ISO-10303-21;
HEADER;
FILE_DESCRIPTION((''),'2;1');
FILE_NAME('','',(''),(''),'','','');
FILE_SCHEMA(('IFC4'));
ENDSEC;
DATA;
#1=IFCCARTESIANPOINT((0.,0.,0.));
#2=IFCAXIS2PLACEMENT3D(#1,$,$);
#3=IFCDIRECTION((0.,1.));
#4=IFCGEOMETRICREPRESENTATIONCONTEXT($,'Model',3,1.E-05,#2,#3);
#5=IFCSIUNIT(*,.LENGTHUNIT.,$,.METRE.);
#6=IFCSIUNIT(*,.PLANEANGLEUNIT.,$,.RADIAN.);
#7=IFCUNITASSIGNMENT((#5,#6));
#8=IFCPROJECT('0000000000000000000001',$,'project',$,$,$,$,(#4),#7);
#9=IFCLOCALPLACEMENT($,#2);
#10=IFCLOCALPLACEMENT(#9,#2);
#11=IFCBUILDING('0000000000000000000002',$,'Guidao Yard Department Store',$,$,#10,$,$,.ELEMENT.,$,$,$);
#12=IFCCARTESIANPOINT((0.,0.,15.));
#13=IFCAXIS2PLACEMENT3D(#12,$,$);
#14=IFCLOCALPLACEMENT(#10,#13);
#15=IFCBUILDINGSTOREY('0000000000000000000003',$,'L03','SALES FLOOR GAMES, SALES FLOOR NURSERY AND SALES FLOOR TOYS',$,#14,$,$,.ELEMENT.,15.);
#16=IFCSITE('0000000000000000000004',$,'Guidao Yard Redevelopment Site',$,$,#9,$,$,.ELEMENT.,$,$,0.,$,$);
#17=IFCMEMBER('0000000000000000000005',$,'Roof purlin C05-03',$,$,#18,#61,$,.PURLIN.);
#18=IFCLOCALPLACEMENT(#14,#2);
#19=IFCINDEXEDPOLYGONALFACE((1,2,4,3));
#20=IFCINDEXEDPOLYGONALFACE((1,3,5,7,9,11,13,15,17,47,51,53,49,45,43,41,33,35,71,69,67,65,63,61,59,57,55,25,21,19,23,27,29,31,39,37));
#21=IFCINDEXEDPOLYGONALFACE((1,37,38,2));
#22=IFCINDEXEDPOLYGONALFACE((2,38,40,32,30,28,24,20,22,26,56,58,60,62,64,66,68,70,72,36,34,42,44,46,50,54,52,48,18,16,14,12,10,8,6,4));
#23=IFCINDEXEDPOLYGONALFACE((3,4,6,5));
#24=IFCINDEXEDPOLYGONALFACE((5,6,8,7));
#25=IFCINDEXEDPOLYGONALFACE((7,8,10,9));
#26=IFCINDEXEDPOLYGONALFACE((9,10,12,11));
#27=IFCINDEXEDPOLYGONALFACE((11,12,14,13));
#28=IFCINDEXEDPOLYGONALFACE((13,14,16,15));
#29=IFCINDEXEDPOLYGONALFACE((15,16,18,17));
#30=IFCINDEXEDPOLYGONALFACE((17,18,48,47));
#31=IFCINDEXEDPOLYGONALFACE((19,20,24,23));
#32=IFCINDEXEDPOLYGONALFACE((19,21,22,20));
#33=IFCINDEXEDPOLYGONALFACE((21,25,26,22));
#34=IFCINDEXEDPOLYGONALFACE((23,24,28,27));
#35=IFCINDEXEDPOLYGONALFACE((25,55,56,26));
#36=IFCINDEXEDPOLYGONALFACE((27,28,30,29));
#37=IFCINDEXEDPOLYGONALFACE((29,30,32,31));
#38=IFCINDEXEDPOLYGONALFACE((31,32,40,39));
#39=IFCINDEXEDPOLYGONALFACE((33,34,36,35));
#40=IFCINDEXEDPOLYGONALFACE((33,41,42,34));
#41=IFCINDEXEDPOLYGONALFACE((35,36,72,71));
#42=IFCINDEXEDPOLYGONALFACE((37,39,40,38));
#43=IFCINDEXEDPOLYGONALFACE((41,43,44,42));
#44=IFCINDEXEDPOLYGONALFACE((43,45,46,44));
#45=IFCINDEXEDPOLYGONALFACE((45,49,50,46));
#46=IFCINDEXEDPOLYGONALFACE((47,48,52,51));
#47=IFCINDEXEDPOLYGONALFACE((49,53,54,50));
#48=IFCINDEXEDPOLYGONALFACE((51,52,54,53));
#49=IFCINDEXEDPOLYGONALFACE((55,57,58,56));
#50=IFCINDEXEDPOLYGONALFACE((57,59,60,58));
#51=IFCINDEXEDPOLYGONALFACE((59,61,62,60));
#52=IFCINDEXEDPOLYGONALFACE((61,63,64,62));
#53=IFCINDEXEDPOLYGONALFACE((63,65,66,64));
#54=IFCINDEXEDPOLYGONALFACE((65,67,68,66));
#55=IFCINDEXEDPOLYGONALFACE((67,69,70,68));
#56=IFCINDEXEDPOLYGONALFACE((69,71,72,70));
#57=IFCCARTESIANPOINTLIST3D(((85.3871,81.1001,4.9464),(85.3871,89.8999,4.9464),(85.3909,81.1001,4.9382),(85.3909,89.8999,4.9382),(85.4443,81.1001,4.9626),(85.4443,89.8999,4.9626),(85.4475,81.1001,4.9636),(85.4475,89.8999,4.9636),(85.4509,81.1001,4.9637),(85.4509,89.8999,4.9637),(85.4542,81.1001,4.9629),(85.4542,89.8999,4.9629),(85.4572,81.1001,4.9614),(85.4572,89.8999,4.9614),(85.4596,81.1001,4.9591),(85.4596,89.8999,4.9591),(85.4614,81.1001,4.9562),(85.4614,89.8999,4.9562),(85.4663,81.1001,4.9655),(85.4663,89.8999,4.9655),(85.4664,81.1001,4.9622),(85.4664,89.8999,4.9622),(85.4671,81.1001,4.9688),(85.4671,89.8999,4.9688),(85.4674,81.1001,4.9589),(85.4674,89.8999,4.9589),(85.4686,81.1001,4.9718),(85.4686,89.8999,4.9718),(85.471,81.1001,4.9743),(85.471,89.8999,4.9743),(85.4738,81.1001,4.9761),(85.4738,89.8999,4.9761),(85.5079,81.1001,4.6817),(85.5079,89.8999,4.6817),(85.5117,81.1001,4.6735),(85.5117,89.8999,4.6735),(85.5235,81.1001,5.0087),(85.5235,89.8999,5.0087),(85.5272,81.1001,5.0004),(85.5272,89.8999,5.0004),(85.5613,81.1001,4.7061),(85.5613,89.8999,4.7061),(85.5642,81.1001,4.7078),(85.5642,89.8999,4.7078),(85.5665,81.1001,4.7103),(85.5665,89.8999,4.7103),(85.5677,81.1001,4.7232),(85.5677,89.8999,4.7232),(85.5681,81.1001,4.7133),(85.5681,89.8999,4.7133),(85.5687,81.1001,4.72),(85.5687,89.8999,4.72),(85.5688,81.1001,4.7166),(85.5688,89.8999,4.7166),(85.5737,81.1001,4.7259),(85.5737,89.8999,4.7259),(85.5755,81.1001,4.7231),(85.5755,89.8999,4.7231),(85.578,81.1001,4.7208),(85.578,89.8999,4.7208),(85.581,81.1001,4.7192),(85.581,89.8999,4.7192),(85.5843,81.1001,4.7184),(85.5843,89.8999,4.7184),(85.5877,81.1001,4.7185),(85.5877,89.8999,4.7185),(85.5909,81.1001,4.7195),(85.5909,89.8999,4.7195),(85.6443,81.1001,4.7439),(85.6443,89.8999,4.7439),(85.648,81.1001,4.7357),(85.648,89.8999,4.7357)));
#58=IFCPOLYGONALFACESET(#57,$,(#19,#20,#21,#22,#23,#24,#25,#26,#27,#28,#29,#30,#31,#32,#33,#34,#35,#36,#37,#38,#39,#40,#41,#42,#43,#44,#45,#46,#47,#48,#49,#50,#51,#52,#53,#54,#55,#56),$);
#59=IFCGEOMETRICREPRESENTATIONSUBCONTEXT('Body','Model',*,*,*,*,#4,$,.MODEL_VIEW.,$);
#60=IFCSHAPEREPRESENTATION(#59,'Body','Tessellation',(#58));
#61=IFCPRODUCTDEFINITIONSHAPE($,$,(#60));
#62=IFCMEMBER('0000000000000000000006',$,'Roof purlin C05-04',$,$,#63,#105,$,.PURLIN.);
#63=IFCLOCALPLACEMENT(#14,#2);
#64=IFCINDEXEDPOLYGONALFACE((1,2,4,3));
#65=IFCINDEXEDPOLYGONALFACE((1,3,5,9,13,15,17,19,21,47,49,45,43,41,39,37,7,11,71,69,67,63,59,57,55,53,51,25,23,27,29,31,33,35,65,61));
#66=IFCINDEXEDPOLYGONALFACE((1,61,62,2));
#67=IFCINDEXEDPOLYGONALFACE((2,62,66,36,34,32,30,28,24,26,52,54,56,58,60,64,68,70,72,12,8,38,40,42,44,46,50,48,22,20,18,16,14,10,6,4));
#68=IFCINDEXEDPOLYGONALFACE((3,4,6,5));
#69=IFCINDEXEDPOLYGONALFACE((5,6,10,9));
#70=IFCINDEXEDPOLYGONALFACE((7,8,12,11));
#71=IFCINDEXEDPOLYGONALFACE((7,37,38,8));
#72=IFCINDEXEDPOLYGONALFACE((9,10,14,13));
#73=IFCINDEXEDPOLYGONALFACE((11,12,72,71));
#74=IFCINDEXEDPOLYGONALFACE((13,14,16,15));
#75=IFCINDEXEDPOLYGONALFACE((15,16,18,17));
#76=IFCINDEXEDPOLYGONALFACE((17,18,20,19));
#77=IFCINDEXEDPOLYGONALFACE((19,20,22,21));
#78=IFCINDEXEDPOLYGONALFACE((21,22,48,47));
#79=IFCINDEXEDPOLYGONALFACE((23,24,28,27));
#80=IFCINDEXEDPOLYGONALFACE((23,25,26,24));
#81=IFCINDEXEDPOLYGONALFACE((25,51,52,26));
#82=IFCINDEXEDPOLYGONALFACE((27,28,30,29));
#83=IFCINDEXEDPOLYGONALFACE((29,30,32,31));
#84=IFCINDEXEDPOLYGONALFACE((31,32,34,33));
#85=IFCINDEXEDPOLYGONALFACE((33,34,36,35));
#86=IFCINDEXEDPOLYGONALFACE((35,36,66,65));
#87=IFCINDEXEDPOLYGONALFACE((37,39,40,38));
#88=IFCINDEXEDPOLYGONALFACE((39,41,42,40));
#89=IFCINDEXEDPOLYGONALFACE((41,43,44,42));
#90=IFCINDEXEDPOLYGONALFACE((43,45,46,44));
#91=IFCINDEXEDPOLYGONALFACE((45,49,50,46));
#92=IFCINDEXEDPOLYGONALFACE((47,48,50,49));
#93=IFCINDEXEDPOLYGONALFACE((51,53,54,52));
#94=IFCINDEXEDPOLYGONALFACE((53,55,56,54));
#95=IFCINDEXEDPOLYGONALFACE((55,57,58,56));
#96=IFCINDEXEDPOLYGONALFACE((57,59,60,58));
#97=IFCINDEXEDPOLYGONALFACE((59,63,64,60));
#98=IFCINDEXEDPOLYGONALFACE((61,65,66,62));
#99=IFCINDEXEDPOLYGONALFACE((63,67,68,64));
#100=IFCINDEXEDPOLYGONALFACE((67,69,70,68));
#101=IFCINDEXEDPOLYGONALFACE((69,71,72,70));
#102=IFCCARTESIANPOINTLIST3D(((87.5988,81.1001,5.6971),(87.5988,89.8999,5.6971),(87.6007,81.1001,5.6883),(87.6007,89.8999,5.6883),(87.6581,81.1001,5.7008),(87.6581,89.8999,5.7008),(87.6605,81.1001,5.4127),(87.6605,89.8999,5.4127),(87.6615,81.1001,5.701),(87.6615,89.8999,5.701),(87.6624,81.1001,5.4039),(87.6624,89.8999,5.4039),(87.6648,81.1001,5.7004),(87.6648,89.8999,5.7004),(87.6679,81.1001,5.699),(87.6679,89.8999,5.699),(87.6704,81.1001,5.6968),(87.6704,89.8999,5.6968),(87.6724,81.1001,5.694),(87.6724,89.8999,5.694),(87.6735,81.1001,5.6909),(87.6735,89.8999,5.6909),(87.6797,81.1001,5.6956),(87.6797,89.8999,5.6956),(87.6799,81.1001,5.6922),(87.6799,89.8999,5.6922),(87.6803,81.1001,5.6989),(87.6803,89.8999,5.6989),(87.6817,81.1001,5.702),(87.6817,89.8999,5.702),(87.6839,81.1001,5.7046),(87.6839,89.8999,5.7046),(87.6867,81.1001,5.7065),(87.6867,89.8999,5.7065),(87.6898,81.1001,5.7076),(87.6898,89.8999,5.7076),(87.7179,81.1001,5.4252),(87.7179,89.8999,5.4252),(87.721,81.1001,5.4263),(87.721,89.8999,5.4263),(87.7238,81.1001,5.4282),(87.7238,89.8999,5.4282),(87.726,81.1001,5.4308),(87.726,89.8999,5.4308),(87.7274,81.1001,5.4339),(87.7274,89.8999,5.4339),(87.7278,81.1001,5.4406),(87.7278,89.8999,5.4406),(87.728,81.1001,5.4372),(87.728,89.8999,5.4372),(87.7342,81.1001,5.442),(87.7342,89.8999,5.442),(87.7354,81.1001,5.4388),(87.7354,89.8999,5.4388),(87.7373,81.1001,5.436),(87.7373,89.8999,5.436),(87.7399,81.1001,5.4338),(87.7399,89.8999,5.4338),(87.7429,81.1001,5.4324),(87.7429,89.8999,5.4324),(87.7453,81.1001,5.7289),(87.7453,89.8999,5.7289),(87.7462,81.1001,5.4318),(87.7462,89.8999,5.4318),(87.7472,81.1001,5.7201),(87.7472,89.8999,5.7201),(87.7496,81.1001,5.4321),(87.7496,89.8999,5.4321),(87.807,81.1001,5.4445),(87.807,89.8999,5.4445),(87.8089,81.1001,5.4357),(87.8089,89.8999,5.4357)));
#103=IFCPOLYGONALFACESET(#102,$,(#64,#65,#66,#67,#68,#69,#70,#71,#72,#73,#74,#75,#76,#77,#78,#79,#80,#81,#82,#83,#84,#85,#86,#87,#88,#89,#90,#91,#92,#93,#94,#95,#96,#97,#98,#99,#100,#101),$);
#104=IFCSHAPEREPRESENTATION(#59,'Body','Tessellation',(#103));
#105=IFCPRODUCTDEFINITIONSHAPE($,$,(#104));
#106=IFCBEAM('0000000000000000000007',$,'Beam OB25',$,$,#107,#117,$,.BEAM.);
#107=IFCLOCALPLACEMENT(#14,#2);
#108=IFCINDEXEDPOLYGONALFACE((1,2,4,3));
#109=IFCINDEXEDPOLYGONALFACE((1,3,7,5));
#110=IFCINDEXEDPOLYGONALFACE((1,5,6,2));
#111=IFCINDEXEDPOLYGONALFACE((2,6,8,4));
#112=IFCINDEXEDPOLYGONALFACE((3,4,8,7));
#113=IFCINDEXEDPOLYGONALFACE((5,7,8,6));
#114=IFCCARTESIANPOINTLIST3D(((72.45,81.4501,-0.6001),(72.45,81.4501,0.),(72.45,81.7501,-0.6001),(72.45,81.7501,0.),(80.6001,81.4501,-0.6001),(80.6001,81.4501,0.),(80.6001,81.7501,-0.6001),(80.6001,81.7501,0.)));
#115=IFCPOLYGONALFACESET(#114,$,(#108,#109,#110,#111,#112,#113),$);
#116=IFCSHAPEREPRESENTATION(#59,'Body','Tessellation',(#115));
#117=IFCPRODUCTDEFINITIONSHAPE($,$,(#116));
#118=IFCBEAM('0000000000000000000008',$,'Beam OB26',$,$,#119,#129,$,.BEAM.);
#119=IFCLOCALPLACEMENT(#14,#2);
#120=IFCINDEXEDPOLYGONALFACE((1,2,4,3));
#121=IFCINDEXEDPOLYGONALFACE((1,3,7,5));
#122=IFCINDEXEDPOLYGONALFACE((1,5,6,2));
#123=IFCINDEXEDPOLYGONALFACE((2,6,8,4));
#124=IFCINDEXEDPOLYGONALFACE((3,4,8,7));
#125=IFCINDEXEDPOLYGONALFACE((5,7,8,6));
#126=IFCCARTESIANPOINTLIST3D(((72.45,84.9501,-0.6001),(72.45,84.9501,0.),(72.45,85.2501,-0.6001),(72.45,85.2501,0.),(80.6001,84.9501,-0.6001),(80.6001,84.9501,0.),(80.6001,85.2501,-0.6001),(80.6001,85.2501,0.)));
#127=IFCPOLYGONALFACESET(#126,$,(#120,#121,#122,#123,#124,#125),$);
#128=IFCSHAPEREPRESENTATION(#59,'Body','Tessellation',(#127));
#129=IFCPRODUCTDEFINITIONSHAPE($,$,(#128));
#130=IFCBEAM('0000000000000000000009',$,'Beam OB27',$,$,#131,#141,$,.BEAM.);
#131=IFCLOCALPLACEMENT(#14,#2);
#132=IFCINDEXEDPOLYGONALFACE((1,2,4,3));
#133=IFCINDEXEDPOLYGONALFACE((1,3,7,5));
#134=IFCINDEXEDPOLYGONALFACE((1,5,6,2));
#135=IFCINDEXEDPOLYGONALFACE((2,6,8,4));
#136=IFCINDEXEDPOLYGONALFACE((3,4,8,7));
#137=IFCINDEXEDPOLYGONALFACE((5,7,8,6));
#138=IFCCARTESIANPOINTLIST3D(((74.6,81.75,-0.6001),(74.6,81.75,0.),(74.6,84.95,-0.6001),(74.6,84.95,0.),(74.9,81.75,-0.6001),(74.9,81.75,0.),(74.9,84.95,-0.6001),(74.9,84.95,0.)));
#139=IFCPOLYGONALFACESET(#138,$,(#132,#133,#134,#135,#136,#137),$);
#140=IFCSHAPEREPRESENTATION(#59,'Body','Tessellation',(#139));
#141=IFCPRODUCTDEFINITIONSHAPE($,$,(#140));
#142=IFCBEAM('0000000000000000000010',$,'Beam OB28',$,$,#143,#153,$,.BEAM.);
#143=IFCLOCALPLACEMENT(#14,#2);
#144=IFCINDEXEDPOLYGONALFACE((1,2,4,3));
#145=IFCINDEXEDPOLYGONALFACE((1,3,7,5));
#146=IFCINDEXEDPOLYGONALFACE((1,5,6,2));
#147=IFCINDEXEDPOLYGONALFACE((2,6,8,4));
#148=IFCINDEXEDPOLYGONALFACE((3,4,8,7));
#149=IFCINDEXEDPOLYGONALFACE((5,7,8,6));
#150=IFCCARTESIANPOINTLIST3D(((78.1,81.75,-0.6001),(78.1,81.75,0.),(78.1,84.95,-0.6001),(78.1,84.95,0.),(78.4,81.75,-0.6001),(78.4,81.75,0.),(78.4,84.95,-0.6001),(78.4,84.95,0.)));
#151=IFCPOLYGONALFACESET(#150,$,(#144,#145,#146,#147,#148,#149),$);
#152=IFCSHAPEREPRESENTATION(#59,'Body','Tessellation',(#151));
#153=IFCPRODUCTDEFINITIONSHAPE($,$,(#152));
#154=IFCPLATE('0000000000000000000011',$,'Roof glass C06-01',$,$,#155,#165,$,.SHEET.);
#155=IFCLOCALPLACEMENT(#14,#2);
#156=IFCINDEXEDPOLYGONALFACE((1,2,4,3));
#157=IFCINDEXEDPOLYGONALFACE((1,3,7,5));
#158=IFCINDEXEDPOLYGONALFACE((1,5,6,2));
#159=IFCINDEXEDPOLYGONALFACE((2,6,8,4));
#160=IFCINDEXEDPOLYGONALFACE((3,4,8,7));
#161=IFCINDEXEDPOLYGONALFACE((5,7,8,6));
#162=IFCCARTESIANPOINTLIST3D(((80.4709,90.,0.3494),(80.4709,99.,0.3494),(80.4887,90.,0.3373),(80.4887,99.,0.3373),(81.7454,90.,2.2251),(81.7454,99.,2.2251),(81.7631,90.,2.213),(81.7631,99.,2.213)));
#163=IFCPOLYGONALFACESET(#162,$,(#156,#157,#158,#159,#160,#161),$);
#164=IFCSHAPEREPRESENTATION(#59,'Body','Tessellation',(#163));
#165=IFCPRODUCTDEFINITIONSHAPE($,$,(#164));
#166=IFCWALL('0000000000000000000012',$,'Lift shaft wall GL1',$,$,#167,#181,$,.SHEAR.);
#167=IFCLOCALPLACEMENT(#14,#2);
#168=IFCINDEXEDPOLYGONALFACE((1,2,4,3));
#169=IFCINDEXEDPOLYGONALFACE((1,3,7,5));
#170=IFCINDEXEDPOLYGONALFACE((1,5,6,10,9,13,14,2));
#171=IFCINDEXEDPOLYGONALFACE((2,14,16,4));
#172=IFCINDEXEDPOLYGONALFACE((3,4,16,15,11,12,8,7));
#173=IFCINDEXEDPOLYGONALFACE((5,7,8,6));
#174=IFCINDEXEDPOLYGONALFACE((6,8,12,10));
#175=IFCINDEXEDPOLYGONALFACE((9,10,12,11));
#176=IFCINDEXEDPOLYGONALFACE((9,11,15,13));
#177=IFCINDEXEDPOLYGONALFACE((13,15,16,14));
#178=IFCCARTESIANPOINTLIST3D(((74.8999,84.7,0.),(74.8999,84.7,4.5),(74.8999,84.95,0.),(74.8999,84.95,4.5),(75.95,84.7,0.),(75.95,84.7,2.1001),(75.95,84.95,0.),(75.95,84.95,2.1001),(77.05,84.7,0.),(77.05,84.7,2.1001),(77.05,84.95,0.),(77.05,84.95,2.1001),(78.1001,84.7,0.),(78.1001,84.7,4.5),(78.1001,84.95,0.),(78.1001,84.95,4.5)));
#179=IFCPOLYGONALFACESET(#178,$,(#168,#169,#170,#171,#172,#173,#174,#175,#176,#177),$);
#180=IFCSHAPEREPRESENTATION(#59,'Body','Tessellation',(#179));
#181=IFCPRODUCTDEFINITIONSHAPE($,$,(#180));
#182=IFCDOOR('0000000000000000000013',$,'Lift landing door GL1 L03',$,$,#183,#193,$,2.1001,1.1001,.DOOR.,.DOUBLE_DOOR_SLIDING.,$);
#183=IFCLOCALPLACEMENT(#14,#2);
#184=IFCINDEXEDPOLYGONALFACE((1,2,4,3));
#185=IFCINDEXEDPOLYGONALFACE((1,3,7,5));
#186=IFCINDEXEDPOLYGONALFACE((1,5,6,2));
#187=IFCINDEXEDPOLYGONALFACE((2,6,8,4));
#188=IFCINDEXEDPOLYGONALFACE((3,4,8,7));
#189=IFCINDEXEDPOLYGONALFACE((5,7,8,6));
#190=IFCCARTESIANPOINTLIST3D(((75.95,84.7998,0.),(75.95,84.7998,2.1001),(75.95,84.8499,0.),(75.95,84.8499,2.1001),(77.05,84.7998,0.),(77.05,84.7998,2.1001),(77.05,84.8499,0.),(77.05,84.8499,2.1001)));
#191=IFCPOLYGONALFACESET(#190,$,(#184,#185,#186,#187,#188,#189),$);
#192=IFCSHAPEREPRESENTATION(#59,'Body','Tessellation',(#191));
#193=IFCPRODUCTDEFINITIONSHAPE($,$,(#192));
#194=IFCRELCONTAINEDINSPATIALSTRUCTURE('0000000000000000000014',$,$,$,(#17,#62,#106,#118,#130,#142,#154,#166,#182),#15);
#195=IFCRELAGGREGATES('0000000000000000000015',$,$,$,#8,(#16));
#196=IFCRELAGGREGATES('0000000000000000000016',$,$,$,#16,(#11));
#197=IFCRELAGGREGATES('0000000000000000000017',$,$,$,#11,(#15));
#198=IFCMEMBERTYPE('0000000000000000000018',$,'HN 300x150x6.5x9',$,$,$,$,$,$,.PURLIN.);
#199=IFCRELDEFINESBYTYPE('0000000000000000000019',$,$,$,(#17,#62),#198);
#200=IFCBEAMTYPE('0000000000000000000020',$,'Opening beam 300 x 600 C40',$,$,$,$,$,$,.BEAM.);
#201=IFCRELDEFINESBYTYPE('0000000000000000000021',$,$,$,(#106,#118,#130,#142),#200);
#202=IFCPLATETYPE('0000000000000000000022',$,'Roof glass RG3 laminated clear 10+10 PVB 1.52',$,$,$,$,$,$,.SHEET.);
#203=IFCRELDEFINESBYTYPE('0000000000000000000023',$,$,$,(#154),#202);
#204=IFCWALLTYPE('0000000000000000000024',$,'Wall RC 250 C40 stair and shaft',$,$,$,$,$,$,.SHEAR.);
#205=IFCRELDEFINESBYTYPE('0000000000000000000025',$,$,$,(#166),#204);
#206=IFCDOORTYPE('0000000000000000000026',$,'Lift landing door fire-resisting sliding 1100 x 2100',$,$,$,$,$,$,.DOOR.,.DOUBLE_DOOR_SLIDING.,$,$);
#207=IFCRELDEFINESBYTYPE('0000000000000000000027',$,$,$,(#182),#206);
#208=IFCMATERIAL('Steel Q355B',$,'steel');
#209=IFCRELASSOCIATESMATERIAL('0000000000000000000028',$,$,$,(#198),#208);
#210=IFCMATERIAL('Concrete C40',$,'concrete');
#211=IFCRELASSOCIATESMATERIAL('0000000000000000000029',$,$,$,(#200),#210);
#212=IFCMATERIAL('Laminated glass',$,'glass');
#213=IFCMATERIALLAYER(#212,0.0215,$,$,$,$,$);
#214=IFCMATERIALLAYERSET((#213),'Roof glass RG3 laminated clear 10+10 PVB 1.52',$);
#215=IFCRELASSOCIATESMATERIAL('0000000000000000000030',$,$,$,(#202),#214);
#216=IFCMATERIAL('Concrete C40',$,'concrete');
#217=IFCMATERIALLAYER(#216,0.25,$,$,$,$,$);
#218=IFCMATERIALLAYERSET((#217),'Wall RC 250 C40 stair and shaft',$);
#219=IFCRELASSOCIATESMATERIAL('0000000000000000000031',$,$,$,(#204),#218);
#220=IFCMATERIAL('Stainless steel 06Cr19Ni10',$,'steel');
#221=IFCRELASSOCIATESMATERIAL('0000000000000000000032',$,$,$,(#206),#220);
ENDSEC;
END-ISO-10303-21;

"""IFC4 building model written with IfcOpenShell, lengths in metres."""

from ifc_helpers import new_model, si_unit, direction, frame, frame_2d, origin, origin_2d, place, context, subcontext, project, spatial, polyline, rectangle, i_section, outline, extrude, material, layer, layer_set, material_profile, profile_set, type_object, element, fill, save


model = new_model("IFC4")

# Units and contexts
model_context = context("Model", 3, precision=1e-05, world=origin(), true_north=direction((0.0, 1.0)))
body_context = subcontext(model_context, "Body", "Model", "MODEL_VIEW")
ifc_project = project(units=[si_unit("LENGTHUNIT", "METRE"), si_unit("PLANEANGLEUNIT", "RADIAN")], contexts=[model_context])

# Site, building, storey
site_placement = place(None, origin())
site = spatial("IfcSite", under=ifc_project, at=site_placement, Name="Guidao Yard Redevelopment Site", CompositionType="ELEMENT", RefElevation=0.0)
building_placement = place(site_placement, origin())
building = spatial("IfcBuilding", under=site, at=building_placement, Name="Guidao Yard Department Store", CompositionType="ELEMENT")
storey_placement = place(building_placement, frame((0.0, 0.0, 15.0)))
storey = spatial("IfcBuildingStorey", under=building, at=storey_placement, Name="L03", Description="SALES FLOOR GAMES, SALES FLOOR NURSERY AND SALES FLOOR TOYS", CompositionType="ELEMENT", Elevation=15.0)

# Members
ifc_material_1 = material(Name="Steel Q355B", Category="steel")
ifc_material_profile_1 = material_profile(ifc_material_1, i_section(OverallWidth=0.1499, OverallDepth=0.3, WebThickness=0.0066, FlangeThickness=0.009, FilletRadius=0.0129, at=origin_2d()), Name="HN 300x150x6.5x9")
ifc_profile_set_1 = profile_set([ifc_material_profile_1], Name="Steel Q355B")
member_type_1 = type_object("IfcMemberType", Name="HN 300x150x6.5x9", PredefinedType="PURLIN", material=ifc_profile_set_1)
for number, where, z_axis, x_axis, name in (
    (1, (85.5176, 81.1001, 4.8411), (0.0, 1.0, 0.0), (-0.909751, 0.0, -0.415155), "Roof purlin C05-03"),
    (2, (87.7039, 81.1001, 5.5664), (0.0, 1.0, 0.0), (-0.977292, 0.0, -0.211897), "Roof purlin C05-04"),
):
    element("IfcMember", number, at=place(storey_placement, frame(where, z_axis=z_axis, x_axis=x_axis)), inside=storey, type_object=member_type_1, Name=name, PredefinedType="PURLIN", context=body_context, shape_type="SweptSolid", body=[
        extrude(i_section(OverallWidth=0.1499, OverallDepth=0.3, WebThickness=0.0066, FlangeThickness=0.009, FilletRadius=0.0129, at=origin_2d()), origin(), (0.0, 0.0, 1.0), 8.7998),
    ])

# Beams
ifc_material_2 = material(Name="Concrete C40", Category="concrete")
ifc_material_profile_2 = material_profile(ifc_material_2, rectangle(XDim=0.3, YDim=0.6001, at=origin_2d()), Name="Opening beam 300 x 600 C40")
ifc_profile_set_2 = profile_set([ifc_material_profile_2], Name="Concrete C40")
beam_type_1 = type_object("IfcBeamType", Name="Opening beam 300 x 600 C40", PredefinedType="BEAM", material=ifc_profile_set_2)
for number, where, z_axis, x_axis, name in (
    (3, (72.45, 81.6001, -0.3), (1.0, 0.0, 0.0), (0.0, 1.0, 0.0), "Beam OB25"),
    (4, (72.45, 85.1001, -0.3), (1.0, 0.0, 0.0), (0.0, 1.0, 0.0), "Beam OB26"),
):
    element("IfcBeam", number, at=place(storey_placement, frame(where, z_axis=z_axis, x_axis=x_axis)), inside=storey, type_object=beam_type_1, Name=name, PredefinedType="BEAM", context=body_context, shape_type="SweptSolid", body=[
        extrude(rectangle(XDim=0.3, YDim=0.6001, at=origin_2d()), origin(), (0.0, 0.0, 1.0), 8.1501),
    ])
for number, where, z_axis, x_axis, name in (
    (5, (74.75, 81.75, -0.3), (0.0, 1.0, 0.0), (-1.0, 0.0, 0.0), "Beam OB27"),
    (6, (78.25, 81.75, -0.3), (0.0, 1.0, 0.0), (-1.0, 0.0, 0.0), "Beam OB28"),
):
    element("IfcBeam", number, at=place(storey_placement, frame(where, z_axis=z_axis, x_axis=x_axis)), inside=storey, type_object=beam_type_1, Name=name, PredefinedType="BEAM", context=body_context, shape_type="SweptSolid", body=[
        extrude(rectangle(XDim=0.3, YDim=0.6001, at=origin_2d()), origin(), (0.0, 0.0, 1.0), 3.2),
    ])

# Plate
ifc_material_3 = material(Name="Laminated glass", Category="glass")
ifc_layer_1 = layer(ifc_material_3, 0.0215)
ifc_layer_set_1 = layer_set([ifc_layer_1], Name="Roof glass RG3 laminated clear 10+10 PVB 1.52")
plate_type = type_object("IfcPlateType", Name="Roof glass RG3 laminated clear 10+10 PVB 1.52", PredefinedType="SHEET", material=ifc_layer_set_1)
plate_placement = place(storey_placement, frame((80.4709, 90.0, 0.3494), z_axis=(-0.827149, 0.0, 0.561983), x_axis=(0.561983, 0.0, 0.827149)))
element("IfcPlate", 7, at=plate_placement, inside=storey, type_object=plate_type, Name="Roof glass C06-01", PredefinedType="SHEET", context=body_context, shape_type="SweptSolid", body=[
    extrude(outline(polyline([(0.0, 0.0), (2.2677, 0.0), (2.2677, 9.0), (0.0, 9.0), (0.0, 0.0)])), origin(), (0.0, 0.0, -1.0), 0.0215),
])

# Wall, opening, door
ifc_material_4 = material(Name="Concrete C40", Category="concrete")
ifc_layer_2 = layer(ifc_material_4, 0.25)
ifc_layer_set_2 = layer_set([ifc_layer_2], Name="Wall RC 250 C40 stair and shaft")
wall_type = type_object("IfcWallType", Name="Wall RC 250 C40 stair and shaft", PredefinedType="SHEAR", material=ifc_layer_set_2)
wall_1_placement = place(storey_placement, frame((74.8999, 84.825, 0.0), z_axis=(0.0, 0.0, 1.0), x_axis=(1.0, 0.0, 0.0)))
wall_1 = element("IfcWall", 8, at=wall_1_placement, inside=storey, type_object=wall_type, Name="Lift shaft wall GL1", PredefinedType="SHEAR", context=body_context, shape_type="SweptSolid", body=[
    extrude(rectangle(XDim=3.2002, YDim=0.25, at=frame_2d((1.6001, 0.0))), origin(), (0.0, 0.0, 1.0), 4.5),
])
opening_1_placement = place(wall_1_placement, frame((1.05, 0.0, 0.0)))
opening_1 = element("IfcOpeningElement", 9, at=opening_1_placement, cuts=wall_1, PredefinedType="OPENING", context=body_context, shape_type="SweptSolid", body=[
    extrude(rectangle(XDim=1.1001, YDim=2.1001, at=frame_2d((0.55, 1.05))), frame((0.0, 0.135, 0.0), z_axis=(0.0, -1.0, 0.0), x_axis=(1.0, 0.0, 0.0)), (0.0, 0.0, 1.0), 0.27),
])
ifc_material_5 = material(Name="Stainless steel 06Cr19Ni10", Category="steel")
door_type_1 = type_object("IfcDoorType", Name="Lift landing door fire-resisting sliding 1100 x 2100", OperationType="DOUBLE_DOOR_SLIDING", PredefinedType="DOOR", material=ifc_material_5)
door_1_placement = place(opening_1_placement, origin())
door_1 = element("IfcDoor", 10, at=door_1_placement, inside=storey, type_object=door_type_1, Name="Lift landing door GL1 L03", OperationType="DOUBLE_DOOR_SLIDING", OverallHeight=2.1001, OverallWidth=1.1001, PredefinedType="DOOR", context=body_context, shape_type="SweptSolid", body=[
    extrude(rectangle(XDim=1.1001, YDim=2.1001, at=frame_2d((0.55, 1.05))), frame((0.0, 0.0249, 0.0), z_axis=(0.0, -1.0, 0.0), x_axis=(1.0, 0.0, 0.0)), (0.0, 0.0, 1.0), 0.05),
])
fill(opening_1, door_1)

save(model, "model.ifc")
